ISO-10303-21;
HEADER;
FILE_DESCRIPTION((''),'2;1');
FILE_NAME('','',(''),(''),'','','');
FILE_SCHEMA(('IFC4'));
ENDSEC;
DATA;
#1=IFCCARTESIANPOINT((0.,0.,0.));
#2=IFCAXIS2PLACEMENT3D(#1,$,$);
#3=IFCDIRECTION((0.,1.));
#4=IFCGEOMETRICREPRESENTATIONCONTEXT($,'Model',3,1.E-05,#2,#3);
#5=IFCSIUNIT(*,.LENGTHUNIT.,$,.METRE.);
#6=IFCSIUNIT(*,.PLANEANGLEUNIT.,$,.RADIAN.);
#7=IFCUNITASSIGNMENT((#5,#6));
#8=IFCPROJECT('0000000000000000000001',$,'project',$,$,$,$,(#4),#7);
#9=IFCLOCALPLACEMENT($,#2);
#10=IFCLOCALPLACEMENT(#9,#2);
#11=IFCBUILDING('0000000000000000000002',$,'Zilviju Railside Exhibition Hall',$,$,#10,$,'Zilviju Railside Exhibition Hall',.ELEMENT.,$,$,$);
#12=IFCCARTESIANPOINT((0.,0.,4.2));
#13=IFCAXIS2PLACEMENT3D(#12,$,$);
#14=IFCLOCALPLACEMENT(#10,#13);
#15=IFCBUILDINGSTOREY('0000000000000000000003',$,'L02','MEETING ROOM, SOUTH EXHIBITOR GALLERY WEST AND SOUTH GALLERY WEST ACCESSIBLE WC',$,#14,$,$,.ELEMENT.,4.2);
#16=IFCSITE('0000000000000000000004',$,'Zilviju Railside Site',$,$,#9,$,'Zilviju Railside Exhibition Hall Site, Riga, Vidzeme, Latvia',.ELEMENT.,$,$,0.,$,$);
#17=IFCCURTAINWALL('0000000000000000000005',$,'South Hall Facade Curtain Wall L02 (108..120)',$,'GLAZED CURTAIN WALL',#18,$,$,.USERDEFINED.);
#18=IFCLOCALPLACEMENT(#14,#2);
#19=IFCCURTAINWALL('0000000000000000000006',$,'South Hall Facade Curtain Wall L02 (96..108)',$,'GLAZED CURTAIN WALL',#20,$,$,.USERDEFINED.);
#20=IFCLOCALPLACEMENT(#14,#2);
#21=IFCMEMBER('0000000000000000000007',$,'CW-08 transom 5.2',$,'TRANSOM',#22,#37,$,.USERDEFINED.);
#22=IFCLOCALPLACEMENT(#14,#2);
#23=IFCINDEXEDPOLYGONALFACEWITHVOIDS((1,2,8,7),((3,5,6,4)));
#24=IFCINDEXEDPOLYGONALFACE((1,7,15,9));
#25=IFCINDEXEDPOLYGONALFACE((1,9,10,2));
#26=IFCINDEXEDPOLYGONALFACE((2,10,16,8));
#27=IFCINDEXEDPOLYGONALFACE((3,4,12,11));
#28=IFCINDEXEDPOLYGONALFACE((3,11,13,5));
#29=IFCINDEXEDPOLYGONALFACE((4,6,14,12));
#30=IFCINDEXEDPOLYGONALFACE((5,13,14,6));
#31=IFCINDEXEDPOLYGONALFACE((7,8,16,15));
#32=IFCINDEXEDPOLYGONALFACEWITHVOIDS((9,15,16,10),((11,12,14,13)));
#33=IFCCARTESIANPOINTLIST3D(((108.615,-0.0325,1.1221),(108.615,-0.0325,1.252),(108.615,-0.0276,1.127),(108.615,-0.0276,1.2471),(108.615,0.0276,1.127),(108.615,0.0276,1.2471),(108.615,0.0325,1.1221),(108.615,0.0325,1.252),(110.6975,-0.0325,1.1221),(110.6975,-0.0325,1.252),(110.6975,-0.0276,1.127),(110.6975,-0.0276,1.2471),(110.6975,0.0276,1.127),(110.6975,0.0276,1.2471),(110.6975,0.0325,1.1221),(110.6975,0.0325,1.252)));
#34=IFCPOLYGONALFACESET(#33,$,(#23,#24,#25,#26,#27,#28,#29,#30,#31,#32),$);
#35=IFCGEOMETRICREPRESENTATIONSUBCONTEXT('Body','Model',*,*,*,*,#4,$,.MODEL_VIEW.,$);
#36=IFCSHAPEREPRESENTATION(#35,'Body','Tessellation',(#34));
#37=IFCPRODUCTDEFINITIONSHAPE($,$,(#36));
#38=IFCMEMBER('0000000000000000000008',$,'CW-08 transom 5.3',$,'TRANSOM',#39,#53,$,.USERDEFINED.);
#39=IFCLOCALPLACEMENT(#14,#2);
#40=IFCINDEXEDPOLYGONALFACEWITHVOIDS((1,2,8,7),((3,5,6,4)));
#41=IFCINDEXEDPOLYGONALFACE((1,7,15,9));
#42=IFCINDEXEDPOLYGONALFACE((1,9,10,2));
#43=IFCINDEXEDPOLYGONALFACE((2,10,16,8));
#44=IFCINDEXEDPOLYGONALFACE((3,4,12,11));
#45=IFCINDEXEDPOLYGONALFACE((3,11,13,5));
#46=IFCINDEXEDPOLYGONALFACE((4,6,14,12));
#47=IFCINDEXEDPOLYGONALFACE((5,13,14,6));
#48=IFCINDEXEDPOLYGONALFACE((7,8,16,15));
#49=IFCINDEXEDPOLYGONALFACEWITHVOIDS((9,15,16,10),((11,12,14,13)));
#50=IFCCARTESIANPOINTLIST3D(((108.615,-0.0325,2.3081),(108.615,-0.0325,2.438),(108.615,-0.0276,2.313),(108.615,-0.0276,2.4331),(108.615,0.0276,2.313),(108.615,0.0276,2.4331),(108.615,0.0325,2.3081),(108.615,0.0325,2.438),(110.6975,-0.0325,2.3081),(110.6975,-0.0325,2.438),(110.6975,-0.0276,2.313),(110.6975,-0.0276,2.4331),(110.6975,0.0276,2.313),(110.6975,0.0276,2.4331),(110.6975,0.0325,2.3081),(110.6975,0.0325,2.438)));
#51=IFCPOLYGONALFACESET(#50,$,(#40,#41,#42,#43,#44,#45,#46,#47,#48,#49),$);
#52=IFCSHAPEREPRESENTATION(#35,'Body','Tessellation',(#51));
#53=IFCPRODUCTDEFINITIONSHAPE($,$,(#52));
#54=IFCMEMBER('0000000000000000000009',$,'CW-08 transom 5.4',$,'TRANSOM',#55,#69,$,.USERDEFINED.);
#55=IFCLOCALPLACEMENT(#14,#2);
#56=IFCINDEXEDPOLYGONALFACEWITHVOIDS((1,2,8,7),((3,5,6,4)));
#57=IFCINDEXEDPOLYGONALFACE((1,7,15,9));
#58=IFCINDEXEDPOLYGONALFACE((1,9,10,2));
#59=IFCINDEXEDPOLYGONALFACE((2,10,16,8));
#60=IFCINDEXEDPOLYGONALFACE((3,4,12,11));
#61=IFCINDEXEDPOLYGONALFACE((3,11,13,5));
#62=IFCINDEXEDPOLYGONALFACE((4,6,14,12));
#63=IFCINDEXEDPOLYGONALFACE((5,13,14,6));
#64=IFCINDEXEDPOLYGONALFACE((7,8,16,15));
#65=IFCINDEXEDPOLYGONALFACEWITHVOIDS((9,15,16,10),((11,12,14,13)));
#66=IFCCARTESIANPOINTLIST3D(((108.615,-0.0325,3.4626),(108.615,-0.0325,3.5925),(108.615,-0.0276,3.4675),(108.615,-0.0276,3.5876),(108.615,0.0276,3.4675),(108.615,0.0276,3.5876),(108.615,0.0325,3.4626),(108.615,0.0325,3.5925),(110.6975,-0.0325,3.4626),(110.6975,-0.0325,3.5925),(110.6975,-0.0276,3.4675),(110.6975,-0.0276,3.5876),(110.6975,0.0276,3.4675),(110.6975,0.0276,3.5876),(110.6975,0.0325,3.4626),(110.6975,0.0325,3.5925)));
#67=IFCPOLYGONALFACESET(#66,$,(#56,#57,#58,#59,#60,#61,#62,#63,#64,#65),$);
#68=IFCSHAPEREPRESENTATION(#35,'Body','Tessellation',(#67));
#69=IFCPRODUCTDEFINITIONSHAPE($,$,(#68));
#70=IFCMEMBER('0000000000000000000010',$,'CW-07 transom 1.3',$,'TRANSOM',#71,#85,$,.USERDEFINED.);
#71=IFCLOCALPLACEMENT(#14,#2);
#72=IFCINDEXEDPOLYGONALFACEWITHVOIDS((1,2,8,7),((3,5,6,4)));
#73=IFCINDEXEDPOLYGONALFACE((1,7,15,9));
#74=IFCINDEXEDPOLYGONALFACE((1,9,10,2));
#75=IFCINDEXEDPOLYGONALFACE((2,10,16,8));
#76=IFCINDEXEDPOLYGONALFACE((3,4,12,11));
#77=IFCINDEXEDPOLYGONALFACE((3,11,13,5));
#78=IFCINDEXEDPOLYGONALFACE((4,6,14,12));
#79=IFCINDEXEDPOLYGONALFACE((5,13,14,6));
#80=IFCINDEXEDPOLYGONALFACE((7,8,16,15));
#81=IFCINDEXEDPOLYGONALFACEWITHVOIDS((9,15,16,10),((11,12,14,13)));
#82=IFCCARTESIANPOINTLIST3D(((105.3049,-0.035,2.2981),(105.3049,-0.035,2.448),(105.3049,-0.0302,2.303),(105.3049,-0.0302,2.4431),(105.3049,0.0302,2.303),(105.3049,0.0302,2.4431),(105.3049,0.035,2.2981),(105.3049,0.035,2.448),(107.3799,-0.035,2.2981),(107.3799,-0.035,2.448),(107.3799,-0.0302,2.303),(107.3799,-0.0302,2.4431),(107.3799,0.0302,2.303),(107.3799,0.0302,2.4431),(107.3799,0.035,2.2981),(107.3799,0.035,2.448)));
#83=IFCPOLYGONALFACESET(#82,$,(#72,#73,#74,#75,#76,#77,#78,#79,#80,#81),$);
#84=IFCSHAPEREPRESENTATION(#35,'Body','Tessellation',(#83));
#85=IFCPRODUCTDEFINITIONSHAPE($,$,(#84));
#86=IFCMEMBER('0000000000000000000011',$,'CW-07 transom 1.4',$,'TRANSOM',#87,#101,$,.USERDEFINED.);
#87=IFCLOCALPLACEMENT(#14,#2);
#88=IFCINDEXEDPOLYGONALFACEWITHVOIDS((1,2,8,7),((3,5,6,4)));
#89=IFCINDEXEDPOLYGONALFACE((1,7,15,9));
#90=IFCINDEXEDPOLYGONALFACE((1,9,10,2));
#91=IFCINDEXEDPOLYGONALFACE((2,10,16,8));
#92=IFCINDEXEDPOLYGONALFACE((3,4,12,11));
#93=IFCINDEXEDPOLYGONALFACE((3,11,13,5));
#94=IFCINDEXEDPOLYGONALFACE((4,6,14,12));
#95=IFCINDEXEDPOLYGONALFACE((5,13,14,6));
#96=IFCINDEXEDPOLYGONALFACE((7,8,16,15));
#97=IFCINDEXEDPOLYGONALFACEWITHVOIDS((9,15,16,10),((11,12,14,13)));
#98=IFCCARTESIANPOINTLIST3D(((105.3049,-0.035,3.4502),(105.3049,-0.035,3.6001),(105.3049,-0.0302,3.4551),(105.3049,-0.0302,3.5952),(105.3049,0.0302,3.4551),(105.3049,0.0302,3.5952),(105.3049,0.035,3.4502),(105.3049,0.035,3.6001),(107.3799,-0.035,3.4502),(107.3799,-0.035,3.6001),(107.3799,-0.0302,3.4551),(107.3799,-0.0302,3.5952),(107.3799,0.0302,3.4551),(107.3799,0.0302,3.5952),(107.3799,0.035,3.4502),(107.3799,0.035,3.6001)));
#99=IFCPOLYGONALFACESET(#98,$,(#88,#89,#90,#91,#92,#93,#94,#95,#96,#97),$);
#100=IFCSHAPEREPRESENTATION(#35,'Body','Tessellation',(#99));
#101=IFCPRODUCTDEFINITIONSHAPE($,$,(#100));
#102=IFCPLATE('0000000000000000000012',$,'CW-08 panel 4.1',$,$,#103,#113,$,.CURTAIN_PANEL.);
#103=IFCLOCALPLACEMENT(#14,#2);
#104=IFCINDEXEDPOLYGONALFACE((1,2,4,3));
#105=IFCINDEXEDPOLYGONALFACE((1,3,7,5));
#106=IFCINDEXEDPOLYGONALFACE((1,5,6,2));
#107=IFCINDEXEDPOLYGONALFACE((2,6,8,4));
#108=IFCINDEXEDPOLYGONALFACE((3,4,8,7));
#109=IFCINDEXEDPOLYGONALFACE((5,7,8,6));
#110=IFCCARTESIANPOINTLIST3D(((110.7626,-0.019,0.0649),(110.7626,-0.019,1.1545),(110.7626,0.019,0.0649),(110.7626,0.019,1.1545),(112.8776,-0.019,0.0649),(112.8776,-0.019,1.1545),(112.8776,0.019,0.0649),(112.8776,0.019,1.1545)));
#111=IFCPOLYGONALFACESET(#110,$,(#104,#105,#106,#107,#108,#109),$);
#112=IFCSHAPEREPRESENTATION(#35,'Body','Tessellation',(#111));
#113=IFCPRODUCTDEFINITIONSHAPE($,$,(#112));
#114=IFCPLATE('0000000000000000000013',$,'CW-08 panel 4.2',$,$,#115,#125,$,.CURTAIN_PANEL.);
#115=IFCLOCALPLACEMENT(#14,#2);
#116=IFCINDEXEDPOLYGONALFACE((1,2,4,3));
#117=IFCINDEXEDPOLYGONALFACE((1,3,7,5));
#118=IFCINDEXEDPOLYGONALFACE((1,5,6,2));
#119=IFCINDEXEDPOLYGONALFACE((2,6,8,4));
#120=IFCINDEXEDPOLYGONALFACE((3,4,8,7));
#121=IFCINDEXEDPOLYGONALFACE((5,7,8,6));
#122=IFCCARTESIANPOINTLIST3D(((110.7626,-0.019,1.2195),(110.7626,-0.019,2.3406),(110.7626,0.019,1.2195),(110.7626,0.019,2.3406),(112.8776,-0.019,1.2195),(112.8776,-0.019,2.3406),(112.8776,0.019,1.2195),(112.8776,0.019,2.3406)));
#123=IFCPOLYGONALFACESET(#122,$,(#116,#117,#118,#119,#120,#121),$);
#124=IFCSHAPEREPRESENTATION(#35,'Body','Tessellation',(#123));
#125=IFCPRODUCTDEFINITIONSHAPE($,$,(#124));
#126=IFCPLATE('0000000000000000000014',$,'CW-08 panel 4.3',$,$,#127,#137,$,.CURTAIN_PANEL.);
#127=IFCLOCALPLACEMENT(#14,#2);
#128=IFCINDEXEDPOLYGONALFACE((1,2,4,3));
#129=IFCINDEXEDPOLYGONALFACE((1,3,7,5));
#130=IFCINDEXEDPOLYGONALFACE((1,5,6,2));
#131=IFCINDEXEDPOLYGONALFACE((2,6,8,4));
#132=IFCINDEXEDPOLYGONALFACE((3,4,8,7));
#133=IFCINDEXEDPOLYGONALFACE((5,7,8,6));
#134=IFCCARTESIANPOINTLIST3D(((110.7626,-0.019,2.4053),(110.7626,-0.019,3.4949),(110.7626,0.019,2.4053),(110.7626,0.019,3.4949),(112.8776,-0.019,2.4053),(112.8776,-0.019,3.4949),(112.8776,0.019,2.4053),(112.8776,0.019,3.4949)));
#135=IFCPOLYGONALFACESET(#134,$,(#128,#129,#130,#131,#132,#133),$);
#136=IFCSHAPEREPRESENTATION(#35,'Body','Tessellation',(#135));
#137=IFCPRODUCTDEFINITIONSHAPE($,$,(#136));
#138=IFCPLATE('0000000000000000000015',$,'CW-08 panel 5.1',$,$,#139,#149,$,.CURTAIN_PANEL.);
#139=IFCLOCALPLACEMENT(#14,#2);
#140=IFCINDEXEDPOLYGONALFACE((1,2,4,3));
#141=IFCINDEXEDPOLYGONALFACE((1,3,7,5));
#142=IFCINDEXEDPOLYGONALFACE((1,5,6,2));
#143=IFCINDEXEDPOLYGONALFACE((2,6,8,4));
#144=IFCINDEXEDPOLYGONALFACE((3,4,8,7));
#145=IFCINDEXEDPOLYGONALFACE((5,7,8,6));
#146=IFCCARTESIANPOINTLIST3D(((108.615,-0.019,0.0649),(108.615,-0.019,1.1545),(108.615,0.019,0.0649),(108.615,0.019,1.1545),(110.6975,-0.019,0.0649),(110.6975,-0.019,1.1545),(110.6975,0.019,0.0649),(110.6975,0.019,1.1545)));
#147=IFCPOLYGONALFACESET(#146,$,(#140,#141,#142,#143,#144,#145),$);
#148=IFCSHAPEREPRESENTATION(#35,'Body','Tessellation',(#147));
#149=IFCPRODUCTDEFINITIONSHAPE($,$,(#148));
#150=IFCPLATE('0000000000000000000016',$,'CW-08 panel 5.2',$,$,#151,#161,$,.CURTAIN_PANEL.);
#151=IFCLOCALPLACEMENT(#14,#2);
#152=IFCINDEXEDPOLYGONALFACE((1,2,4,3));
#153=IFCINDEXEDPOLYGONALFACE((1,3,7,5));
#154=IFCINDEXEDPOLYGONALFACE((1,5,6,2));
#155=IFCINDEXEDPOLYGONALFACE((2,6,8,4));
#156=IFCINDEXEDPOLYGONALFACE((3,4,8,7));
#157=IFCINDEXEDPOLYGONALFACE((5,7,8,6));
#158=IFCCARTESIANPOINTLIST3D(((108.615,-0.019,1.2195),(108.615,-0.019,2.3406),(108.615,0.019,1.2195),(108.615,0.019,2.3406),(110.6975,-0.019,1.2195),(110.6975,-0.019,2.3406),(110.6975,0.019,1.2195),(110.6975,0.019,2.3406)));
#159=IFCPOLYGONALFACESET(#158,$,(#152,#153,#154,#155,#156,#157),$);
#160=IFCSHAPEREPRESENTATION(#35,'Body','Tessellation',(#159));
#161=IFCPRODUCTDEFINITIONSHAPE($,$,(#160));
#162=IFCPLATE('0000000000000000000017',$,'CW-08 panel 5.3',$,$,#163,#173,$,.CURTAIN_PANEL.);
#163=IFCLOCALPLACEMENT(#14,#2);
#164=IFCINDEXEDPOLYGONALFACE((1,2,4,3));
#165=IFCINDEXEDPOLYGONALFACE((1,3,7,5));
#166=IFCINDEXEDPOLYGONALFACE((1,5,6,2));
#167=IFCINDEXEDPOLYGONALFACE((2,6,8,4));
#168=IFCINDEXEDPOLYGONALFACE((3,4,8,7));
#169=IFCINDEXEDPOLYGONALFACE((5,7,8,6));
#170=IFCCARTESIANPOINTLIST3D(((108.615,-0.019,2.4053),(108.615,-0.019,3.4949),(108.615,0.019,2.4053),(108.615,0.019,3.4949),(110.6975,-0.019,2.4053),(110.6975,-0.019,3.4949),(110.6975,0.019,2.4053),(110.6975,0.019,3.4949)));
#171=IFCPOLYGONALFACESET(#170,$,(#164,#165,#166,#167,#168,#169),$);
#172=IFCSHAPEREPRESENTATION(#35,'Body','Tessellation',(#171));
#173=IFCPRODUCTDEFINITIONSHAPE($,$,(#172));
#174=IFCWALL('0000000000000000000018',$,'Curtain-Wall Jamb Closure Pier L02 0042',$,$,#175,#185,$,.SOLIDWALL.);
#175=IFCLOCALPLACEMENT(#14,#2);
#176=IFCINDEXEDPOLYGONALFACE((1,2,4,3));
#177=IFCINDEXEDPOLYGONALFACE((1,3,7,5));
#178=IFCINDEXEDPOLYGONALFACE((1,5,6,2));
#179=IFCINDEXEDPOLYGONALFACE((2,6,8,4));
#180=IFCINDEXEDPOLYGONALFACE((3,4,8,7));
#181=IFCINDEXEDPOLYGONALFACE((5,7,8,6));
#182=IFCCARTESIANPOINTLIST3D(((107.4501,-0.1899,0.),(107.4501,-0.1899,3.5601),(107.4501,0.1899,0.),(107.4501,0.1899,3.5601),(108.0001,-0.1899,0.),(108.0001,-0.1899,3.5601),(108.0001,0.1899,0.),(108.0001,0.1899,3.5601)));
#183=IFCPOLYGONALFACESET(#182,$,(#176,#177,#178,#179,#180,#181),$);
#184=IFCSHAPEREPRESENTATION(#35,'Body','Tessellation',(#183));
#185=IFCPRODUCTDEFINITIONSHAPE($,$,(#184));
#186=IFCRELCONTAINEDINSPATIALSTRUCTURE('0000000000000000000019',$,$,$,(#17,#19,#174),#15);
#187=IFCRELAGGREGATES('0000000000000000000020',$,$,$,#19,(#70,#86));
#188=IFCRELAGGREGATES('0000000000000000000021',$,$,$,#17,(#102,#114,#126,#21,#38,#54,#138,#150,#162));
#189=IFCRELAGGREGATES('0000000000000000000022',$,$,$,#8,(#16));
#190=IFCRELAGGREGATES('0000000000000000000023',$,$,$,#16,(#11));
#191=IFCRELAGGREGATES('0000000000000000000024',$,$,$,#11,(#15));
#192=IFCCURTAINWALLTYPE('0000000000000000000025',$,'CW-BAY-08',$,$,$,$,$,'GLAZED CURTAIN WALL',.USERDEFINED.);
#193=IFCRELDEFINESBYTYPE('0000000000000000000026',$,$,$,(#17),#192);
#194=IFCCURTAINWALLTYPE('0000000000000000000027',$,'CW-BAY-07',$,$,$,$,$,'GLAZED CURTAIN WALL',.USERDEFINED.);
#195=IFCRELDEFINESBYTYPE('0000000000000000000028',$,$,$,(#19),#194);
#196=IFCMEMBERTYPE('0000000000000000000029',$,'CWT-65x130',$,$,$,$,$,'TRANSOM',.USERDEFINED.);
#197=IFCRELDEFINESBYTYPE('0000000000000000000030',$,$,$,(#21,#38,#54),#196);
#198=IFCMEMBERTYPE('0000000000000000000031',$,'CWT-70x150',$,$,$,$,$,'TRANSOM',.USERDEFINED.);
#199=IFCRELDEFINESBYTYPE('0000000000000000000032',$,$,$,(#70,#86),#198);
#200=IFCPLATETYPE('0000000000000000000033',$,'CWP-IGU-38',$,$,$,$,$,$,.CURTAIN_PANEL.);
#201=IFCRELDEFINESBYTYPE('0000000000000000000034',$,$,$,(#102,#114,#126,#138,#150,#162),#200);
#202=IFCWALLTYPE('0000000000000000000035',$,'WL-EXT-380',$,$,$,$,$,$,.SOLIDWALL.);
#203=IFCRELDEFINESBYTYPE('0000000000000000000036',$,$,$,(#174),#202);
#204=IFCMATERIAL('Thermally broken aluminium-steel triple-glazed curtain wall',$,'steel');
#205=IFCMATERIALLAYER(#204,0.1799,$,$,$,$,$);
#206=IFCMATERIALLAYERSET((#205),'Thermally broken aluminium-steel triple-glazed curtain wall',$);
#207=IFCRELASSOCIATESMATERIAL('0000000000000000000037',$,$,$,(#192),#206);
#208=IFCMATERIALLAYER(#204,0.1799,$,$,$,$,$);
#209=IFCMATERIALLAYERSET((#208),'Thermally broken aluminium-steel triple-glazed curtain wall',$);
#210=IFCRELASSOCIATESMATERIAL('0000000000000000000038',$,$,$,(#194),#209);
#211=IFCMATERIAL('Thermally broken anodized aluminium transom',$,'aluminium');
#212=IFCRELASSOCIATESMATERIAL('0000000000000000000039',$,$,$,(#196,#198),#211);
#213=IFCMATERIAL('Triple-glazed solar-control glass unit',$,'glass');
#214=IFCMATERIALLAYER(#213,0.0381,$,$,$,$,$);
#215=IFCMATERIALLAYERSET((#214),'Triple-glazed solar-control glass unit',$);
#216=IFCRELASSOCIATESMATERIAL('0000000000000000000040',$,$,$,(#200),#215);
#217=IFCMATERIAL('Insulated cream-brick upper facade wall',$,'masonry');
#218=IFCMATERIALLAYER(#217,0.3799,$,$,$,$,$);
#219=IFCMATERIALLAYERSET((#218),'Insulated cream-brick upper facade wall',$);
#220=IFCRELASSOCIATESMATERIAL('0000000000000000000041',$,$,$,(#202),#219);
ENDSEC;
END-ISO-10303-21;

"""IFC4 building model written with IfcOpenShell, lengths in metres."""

from ifc_helpers import new_model, si_unit, direction, frame, frame_2d, origin, origin_2d, place, context, subcontext, project, spatial, rectangle, hollow_rectangle, extrude, material, layer, layer_set, material_profile, profile_set, type_object, element, aggregate, save


model = new_model("IFC4")

# Units and contexts
model_context = context("Model", 3, precision=1e-05, world=origin(), true_north=direction((0.0, 1.0)))
body_context = subcontext(model_context, "Body", "Model", "MODEL_VIEW")
ifc_project = project(units=[si_unit("LENGTHUNIT", "METRE"), si_unit("PLANEANGLEUNIT", "RADIAN")], contexts=[model_context])

# Site, building, storey
site_placement = place(None, origin())
site = spatial("IfcSite", under=ifc_project, at=site_placement, Name="Zilviju Railside Site", LongName="Zilviju Railside Exhibition Hall Site, Riga, Vidzeme, Latvia", CompositionType="ELEMENT", RefElevation=0.0)
building_placement = place(site_placement, origin())
building = spatial("IfcBuilding", under=site, at=building_placement, Name="Zilviju Railside Exhibition Hall", LongName="Zilviju Railside Exhibition Hall", CompositionType="ELEMENT")
storey_placement = place(building_placement, frame((0.0, 0.0, 4.2)))
storey = spatial("IfcBuildingStorey", under=building, at=storey_placement, Name="L02", Description="MEETING ROOM, SOUTH EXHIBITOR GALLERY WEST AND SOUTH GALLERY WEST ACCESSIBLE WC", CompositionType="ELEMENT", Elevation=4.2)

# Curtain wall
ifc_material_1 = material(Name="Thermally broken aluminium-steel triple-glazed curtain wall", Category="steel")
ifc_layer_1 = layer(ifc_material_1, 0.1799)
ifc_layer_set_1 = layer_set([ifc_layer_1], Name="Thermally broken aluminium-steel triple-glazed curtain wall")
curtain_wall_type_1 = type_object("IfcCurtainWallType", Name="CW-BAY-08", ElementType="GLAZED CURTAIN WALL", PredefinedType="USERDEFINED", material=ifc_layer_set_1)
curtain_wall_1_placement = place(storey_placement, origin())
curtain_wall_1 = element("IfcCurtainWall", 1, at=curtain_wall_1_placement, inside=storey, type_object=curtain_wall_type_1, Name="South Hall Facade Curtain Wall L02 (108..120)", ObjectType="GLAZED CURTAIN WALL", PredefinedType="USERDEFINED")

# Curtain wall
ifc_layer_2 = layer(ifc_material_1, 0.1799)
ifc_layer_set_2 = layer_set([ifc_layer_2], Name="Thermally broken aluminium-steel triple-glazed curtain wall")
curtain_wall_type_2 = type_object("IfcCurtainWallType", Name="CW-BAY-07", ElementType="GLAZED CURTAIN WALL", PredefinedType="USERDEFINED", material=ifc_layer_set_2)
curtain_wall_2_placement = place(storey_placement, origin())
curtain_wall_2 = element("IfcCurtainWall", 2, at=curtain_wall_2_placement, inside=storey, type_object=curtain_wall_type_2, Name="South Hall Facade Curtain Wall L02 (96..108)", ObjectType="GLAZED CURTAIN WALL", PredefinedType="USERDEFINED")

# Members
ifc_material_2 = material(Name="Thermally broken anodized aluminium transom", Category="aluminium")
ifc_material_profile_1 = material_profile(ifc_material_2, hollow_rectangle(XDim=0.0649, YDim=0.1299, WallThickness=0.0049, at=origin_2d()), Name="TRANSOM 130x65x5")
ifc_profile_set_1 = profile_set([ifc_material_profile_1], Name="Thermally broken anodized aluminium transom")
member_type_1 = type_object("IfcMemberType", Name="CWT-65x130", ElementType="TRANSOM", PredefinedType="USERDEFINED", material=ifc_profile_set_1)
member_1_placement = place(storey_placement, frame((110.6975, 0.0, 1.187), z_axis=(-1.0, 0.0, 0.0), x_axis=(0.0, -1.0, 0.0)))
member_1 = element("IfcMember", 3, at=member_1_placement, type_object=member_type_1, Name="CW-08 transom 5.2", ObjectType="TRANSOM", PredefinedType="USERDEFINED", context=body_context, shape_type="SweptSolid", body=[
    extrude(hollow_rectangle(XDim=0.0649, YDim=0.1299, WallThickness=0.0049, at=origin_2d()), origin(), (0.0, 0.0, 1.0), 2.0825),
])
member_2_placement = place(storey_placement, frame((110.6975, 0.0, 2.373), z_axis=(-1.0, 0.0, 0.0), x_axis=(0.0, -1.0, 0.0)))
member_2 = element("IfcMember", 4, at=member_2_placement, type_object=member_type_1, Name="CW-08 transom 5.3", ObjectType="TRANSOM", PredefinedType="USERDEFINED", context=body_context, shape_type="SweptSolid", body=[
    extrude(hollow_rectangle(XDim=0.0649, YDim=0.1299, WallThickness=0.0049, at=origin_2d()), origin(), (0.0, 0.0, 1.0), 2.0825),
])
member_3_placement = place(storey_placement, frame((110.6975, 0.0, 3.5276), z_axis=(-1.0, 0.0, 0.0), x_axis=(0.0, -1.0, 0.0)))
member_3 = element("IfcMember", 5, at=member_3_placement, type_object=member_type_1, Name="CW-08 transom 5.4", ObjectType="TRANSOM", PredefinedType="USERDEFINED", context=body_context, shape_type="SweptSolid", body=[
    extrude(hollow_rectangle(XDim=0.0649, YDim=0.1299, WallThickness=0.0049, at=origin_2d()), origin(), (0.0, 0.0, 1.0), 2.0825),
])
ifc_material_profile_2 = material_profile(ifc_material_2, hollow_rectangle(XDim=0.0701, YDim=0.1499, WallThickness=0.0049, at=origin_2d()), Name="TRANSOM 150x70x5")
ifc_profile_set_2 = profile_set([ifc_material_profile_2], Name="Thermally broken anodized aluminium transom")
member_type_2 = type_object("IfcMemberType", Name="CWT-70x150", ElementType="TRANSOM", PredefinedType="USERDEFINED", material=ifc_profile_set_2)
member_4_placement = place(storey_placement, frame((107.3799, 0.0, 2.373), z_axis=(-1.0, 0.0, 0.0), x_axis=(0.0, -1.0, 0.0)))
member_4 = element("IfcMember", 6, at=member_4_placement, type_object=member_type_2, Name="CW-07 transom 1.3", ObjectType="TRANSOM", PredefinedType="USERDEFINED", context=body_context, shape_type="SweptSolid", body=[
    extrude(hollow_rectangle(XDim=0.0701, YDim=0.1499, WallThickness=0.0049, at=origin_2d()), origin(), (0.0, 0.0, 1.0), 2.075),
])
member_5_placement = place(storey_placement, frame((107.3799, 0.0, 3.5251), z_axis=(-1.0, 0.0, 0.0), x_axis=(0.0, -1.0, 0.0)))
member_5 = element("IfcMember", 7, at=member_5_placement, type_object=member_type_2, Name="CW-07 transom 1.4", ObjectType="TRANSOM", PredefinedType="USERDEFINED", context=body_context, shape_type="SweptSolid", body=[
    extrude(hollow_rectangle(XDim=0.0701, YDim=0.1499, WallThickness=0.0049, at=origin_2d()), origin(), (0.0, 0.0, 1.0), 2.075),
])
aggregate(curtain_wall_2, [member_4, member_5])

# Plates
ifc_material_3 = material(Name="Triple-glazed solar-control glass unit", Category="glass")
ifc_layer_3 = layer(ifc_material_3, 0.0381)
ifc_layer_set_3 = layer_set([ifc_layer_3], Name="Triple-glazed solar-control glass unit")
plate_type = type_object("IfcPlateType", Name="CWP-IGU-38", PredefinedType="CURTAIN_PANEL", material=ifc_layer_set_3)
plate_1_placement = place(storey_placement, frame((111.8201, 0.0, 0.0649), z_axis=(0.0, 0.0, 1.0), x_axis=(-1.0, 0.0, 0.0)))
plate_1 = element("IfcPlate", 8, at=plate_1_placement, type_object=plate_type, Name="CW-08 panel 4.1", PredefinedType="CURTAIN_PANEL", context=body_context, shape_type="SweptSolid", body=[
    extrude(rectangle(XDim=2.115, YDim=0.0381, at=origin_2d()), origin(), (0.0, 0.0, 1.0), 1.0896),
])
plate_2_placement = place(storey_placement, frame((111.8201, 0.0, 1.2195), z_axis=(0.0, 0.0, 1.0), x_axis=(-1.0, 0.0, 0.0)))
plate_2 = element("IfcPlate", 9, at=plate_2_placement, type_object=plate_type, Name="CW-08 panel 4.2", PredefinedType="CURTAIN_PANEL", context=body_context, shape_type="SweptSolid", body=[
    extrude(rectangle(XDim=2.115, YDim=0.0381, at=origin_2d()), origin(), (0.0, 0.0, 1.0), 1.1211),
])
plate_3_placement = place(storey_placement, frame((111.8201, 0.0, 2.4053), z_axis=(0.0, 0.0, 1.0), x_axis=(-1.0, 0.0, 0.0)))
plate_3 = element("IfcPlate", 10, at=plate_3_placement, type_object=plate_type, Name="CW-08 panel 4.3", PredefinedType="CURTAIN_PANEL", context=body_context, shape_type="SweptSolid", body=[
    extrude(rectangle(XDim=2.115, YDim=0.0381, at=origin_2d()), origin(), (0.0, 0.0, 1.0), 1.0896),
])
plate_4_placement = place(storey_placement, frame((109.6562, 0.0, 0.0649), z_axis=(0.0, 0.0, 1.0), x_axis=(-1.0, 0.0, 0.0)))
plate_4 = element("IfcPlate", 11, at=plate_4_placement, type_object=plate_type, Name="CW-08 panel 5.1", PredefinedType="CURTAIN_PANEL", context=body_context, shape_type="SweptSolid", body=[
    extrude(rectangle(XDim=2.0825, YDim=0.0381, at=origin_2d()), origin(), (0.0, 0.0, 1.0), 1.0896),
])
plate_5_placement = place(storey_placement, frame((109.6562, 0.0, 1.2195), z_axis=(0.0, 0.0, 1.0), x_axis=(-1.0, 0.0, 0.0)))
plate_5 = element("IfcPlate", 12, at=plate_5_placement, type_object=plate_type, Name="CW-08 panel 5.2", PredefinedType="CURTAIN_PANEL", context=body_context, shape_type="SweptSolid", body=[
    extrude(rectangle(XDim=2.0825, YDim=0.0381, at=origin_2d()), origin(), (0.0, 0.0, 1.0), 1.1211),
])
plate_6_placement = place(storey_placement, frame((109.6562, 0.0, 2.4053), z_axis=(0.0, 0.0, 1.0), x_axis=(-1.0, 0.0, 0.0)))
plate_6 = element("IfcPlate", 13, at=plate_6_placement, type_object=plate_type, Name="CW-08 panel 5.3", PredefinedType="CURTAIN_PANEL", context=body_context, shape_type="SweptSolid", body=[
    extrude(rectangle(XDim=2.0825, YDim=0.0381, at=origin_2d()), origin(), (0.0, 0.0, 1.0), 1.0896),
])
aggregate(curtain_wall_1, [plate_1, plate_2, plate_3, member_1, member_2, member_3, plate_4, plate_5, plate_6])

# Wall
ifc_material_4 = material(Name="Insulated cream-brick upper facade wall", Category="masonry")
ifc_layer_4 = layer(ifc_material_4, 0.3799)
ifc_layer_set_4 = layer_set([ifc_layer_4], Name="Insulated cream-brick upper facade wall")
wall_type = type_object("IfcWallType", Name="WL-EXT-380", PredefinedType="SOLIDWALL", material=ifc_layer_set_4)
wall_1_placement = place(storey_placement, frame((108.0, 0.0, 0.0), z_axis=(0.0, 0.0, 1.0), x_axis=(-1.0, 0.0, 0.0)))
element("IfcWall", 14, at=wall_1_placement, inside=storey, type_object=wall_type, Name="Curtain-Wall Jamb Closure Pier L02 0042", PredefinedType="SOLIDWALL", context=body_context, shape_type="SweptSolid", body=[
    extrude(rectangle(XDim=0.55, YDim=0.3799, at=frame_2d((0.2749, 0.0))), origin(), (0.0, 0.0, 1.0), 3.5601),
])

save(model, "model.ifc")
